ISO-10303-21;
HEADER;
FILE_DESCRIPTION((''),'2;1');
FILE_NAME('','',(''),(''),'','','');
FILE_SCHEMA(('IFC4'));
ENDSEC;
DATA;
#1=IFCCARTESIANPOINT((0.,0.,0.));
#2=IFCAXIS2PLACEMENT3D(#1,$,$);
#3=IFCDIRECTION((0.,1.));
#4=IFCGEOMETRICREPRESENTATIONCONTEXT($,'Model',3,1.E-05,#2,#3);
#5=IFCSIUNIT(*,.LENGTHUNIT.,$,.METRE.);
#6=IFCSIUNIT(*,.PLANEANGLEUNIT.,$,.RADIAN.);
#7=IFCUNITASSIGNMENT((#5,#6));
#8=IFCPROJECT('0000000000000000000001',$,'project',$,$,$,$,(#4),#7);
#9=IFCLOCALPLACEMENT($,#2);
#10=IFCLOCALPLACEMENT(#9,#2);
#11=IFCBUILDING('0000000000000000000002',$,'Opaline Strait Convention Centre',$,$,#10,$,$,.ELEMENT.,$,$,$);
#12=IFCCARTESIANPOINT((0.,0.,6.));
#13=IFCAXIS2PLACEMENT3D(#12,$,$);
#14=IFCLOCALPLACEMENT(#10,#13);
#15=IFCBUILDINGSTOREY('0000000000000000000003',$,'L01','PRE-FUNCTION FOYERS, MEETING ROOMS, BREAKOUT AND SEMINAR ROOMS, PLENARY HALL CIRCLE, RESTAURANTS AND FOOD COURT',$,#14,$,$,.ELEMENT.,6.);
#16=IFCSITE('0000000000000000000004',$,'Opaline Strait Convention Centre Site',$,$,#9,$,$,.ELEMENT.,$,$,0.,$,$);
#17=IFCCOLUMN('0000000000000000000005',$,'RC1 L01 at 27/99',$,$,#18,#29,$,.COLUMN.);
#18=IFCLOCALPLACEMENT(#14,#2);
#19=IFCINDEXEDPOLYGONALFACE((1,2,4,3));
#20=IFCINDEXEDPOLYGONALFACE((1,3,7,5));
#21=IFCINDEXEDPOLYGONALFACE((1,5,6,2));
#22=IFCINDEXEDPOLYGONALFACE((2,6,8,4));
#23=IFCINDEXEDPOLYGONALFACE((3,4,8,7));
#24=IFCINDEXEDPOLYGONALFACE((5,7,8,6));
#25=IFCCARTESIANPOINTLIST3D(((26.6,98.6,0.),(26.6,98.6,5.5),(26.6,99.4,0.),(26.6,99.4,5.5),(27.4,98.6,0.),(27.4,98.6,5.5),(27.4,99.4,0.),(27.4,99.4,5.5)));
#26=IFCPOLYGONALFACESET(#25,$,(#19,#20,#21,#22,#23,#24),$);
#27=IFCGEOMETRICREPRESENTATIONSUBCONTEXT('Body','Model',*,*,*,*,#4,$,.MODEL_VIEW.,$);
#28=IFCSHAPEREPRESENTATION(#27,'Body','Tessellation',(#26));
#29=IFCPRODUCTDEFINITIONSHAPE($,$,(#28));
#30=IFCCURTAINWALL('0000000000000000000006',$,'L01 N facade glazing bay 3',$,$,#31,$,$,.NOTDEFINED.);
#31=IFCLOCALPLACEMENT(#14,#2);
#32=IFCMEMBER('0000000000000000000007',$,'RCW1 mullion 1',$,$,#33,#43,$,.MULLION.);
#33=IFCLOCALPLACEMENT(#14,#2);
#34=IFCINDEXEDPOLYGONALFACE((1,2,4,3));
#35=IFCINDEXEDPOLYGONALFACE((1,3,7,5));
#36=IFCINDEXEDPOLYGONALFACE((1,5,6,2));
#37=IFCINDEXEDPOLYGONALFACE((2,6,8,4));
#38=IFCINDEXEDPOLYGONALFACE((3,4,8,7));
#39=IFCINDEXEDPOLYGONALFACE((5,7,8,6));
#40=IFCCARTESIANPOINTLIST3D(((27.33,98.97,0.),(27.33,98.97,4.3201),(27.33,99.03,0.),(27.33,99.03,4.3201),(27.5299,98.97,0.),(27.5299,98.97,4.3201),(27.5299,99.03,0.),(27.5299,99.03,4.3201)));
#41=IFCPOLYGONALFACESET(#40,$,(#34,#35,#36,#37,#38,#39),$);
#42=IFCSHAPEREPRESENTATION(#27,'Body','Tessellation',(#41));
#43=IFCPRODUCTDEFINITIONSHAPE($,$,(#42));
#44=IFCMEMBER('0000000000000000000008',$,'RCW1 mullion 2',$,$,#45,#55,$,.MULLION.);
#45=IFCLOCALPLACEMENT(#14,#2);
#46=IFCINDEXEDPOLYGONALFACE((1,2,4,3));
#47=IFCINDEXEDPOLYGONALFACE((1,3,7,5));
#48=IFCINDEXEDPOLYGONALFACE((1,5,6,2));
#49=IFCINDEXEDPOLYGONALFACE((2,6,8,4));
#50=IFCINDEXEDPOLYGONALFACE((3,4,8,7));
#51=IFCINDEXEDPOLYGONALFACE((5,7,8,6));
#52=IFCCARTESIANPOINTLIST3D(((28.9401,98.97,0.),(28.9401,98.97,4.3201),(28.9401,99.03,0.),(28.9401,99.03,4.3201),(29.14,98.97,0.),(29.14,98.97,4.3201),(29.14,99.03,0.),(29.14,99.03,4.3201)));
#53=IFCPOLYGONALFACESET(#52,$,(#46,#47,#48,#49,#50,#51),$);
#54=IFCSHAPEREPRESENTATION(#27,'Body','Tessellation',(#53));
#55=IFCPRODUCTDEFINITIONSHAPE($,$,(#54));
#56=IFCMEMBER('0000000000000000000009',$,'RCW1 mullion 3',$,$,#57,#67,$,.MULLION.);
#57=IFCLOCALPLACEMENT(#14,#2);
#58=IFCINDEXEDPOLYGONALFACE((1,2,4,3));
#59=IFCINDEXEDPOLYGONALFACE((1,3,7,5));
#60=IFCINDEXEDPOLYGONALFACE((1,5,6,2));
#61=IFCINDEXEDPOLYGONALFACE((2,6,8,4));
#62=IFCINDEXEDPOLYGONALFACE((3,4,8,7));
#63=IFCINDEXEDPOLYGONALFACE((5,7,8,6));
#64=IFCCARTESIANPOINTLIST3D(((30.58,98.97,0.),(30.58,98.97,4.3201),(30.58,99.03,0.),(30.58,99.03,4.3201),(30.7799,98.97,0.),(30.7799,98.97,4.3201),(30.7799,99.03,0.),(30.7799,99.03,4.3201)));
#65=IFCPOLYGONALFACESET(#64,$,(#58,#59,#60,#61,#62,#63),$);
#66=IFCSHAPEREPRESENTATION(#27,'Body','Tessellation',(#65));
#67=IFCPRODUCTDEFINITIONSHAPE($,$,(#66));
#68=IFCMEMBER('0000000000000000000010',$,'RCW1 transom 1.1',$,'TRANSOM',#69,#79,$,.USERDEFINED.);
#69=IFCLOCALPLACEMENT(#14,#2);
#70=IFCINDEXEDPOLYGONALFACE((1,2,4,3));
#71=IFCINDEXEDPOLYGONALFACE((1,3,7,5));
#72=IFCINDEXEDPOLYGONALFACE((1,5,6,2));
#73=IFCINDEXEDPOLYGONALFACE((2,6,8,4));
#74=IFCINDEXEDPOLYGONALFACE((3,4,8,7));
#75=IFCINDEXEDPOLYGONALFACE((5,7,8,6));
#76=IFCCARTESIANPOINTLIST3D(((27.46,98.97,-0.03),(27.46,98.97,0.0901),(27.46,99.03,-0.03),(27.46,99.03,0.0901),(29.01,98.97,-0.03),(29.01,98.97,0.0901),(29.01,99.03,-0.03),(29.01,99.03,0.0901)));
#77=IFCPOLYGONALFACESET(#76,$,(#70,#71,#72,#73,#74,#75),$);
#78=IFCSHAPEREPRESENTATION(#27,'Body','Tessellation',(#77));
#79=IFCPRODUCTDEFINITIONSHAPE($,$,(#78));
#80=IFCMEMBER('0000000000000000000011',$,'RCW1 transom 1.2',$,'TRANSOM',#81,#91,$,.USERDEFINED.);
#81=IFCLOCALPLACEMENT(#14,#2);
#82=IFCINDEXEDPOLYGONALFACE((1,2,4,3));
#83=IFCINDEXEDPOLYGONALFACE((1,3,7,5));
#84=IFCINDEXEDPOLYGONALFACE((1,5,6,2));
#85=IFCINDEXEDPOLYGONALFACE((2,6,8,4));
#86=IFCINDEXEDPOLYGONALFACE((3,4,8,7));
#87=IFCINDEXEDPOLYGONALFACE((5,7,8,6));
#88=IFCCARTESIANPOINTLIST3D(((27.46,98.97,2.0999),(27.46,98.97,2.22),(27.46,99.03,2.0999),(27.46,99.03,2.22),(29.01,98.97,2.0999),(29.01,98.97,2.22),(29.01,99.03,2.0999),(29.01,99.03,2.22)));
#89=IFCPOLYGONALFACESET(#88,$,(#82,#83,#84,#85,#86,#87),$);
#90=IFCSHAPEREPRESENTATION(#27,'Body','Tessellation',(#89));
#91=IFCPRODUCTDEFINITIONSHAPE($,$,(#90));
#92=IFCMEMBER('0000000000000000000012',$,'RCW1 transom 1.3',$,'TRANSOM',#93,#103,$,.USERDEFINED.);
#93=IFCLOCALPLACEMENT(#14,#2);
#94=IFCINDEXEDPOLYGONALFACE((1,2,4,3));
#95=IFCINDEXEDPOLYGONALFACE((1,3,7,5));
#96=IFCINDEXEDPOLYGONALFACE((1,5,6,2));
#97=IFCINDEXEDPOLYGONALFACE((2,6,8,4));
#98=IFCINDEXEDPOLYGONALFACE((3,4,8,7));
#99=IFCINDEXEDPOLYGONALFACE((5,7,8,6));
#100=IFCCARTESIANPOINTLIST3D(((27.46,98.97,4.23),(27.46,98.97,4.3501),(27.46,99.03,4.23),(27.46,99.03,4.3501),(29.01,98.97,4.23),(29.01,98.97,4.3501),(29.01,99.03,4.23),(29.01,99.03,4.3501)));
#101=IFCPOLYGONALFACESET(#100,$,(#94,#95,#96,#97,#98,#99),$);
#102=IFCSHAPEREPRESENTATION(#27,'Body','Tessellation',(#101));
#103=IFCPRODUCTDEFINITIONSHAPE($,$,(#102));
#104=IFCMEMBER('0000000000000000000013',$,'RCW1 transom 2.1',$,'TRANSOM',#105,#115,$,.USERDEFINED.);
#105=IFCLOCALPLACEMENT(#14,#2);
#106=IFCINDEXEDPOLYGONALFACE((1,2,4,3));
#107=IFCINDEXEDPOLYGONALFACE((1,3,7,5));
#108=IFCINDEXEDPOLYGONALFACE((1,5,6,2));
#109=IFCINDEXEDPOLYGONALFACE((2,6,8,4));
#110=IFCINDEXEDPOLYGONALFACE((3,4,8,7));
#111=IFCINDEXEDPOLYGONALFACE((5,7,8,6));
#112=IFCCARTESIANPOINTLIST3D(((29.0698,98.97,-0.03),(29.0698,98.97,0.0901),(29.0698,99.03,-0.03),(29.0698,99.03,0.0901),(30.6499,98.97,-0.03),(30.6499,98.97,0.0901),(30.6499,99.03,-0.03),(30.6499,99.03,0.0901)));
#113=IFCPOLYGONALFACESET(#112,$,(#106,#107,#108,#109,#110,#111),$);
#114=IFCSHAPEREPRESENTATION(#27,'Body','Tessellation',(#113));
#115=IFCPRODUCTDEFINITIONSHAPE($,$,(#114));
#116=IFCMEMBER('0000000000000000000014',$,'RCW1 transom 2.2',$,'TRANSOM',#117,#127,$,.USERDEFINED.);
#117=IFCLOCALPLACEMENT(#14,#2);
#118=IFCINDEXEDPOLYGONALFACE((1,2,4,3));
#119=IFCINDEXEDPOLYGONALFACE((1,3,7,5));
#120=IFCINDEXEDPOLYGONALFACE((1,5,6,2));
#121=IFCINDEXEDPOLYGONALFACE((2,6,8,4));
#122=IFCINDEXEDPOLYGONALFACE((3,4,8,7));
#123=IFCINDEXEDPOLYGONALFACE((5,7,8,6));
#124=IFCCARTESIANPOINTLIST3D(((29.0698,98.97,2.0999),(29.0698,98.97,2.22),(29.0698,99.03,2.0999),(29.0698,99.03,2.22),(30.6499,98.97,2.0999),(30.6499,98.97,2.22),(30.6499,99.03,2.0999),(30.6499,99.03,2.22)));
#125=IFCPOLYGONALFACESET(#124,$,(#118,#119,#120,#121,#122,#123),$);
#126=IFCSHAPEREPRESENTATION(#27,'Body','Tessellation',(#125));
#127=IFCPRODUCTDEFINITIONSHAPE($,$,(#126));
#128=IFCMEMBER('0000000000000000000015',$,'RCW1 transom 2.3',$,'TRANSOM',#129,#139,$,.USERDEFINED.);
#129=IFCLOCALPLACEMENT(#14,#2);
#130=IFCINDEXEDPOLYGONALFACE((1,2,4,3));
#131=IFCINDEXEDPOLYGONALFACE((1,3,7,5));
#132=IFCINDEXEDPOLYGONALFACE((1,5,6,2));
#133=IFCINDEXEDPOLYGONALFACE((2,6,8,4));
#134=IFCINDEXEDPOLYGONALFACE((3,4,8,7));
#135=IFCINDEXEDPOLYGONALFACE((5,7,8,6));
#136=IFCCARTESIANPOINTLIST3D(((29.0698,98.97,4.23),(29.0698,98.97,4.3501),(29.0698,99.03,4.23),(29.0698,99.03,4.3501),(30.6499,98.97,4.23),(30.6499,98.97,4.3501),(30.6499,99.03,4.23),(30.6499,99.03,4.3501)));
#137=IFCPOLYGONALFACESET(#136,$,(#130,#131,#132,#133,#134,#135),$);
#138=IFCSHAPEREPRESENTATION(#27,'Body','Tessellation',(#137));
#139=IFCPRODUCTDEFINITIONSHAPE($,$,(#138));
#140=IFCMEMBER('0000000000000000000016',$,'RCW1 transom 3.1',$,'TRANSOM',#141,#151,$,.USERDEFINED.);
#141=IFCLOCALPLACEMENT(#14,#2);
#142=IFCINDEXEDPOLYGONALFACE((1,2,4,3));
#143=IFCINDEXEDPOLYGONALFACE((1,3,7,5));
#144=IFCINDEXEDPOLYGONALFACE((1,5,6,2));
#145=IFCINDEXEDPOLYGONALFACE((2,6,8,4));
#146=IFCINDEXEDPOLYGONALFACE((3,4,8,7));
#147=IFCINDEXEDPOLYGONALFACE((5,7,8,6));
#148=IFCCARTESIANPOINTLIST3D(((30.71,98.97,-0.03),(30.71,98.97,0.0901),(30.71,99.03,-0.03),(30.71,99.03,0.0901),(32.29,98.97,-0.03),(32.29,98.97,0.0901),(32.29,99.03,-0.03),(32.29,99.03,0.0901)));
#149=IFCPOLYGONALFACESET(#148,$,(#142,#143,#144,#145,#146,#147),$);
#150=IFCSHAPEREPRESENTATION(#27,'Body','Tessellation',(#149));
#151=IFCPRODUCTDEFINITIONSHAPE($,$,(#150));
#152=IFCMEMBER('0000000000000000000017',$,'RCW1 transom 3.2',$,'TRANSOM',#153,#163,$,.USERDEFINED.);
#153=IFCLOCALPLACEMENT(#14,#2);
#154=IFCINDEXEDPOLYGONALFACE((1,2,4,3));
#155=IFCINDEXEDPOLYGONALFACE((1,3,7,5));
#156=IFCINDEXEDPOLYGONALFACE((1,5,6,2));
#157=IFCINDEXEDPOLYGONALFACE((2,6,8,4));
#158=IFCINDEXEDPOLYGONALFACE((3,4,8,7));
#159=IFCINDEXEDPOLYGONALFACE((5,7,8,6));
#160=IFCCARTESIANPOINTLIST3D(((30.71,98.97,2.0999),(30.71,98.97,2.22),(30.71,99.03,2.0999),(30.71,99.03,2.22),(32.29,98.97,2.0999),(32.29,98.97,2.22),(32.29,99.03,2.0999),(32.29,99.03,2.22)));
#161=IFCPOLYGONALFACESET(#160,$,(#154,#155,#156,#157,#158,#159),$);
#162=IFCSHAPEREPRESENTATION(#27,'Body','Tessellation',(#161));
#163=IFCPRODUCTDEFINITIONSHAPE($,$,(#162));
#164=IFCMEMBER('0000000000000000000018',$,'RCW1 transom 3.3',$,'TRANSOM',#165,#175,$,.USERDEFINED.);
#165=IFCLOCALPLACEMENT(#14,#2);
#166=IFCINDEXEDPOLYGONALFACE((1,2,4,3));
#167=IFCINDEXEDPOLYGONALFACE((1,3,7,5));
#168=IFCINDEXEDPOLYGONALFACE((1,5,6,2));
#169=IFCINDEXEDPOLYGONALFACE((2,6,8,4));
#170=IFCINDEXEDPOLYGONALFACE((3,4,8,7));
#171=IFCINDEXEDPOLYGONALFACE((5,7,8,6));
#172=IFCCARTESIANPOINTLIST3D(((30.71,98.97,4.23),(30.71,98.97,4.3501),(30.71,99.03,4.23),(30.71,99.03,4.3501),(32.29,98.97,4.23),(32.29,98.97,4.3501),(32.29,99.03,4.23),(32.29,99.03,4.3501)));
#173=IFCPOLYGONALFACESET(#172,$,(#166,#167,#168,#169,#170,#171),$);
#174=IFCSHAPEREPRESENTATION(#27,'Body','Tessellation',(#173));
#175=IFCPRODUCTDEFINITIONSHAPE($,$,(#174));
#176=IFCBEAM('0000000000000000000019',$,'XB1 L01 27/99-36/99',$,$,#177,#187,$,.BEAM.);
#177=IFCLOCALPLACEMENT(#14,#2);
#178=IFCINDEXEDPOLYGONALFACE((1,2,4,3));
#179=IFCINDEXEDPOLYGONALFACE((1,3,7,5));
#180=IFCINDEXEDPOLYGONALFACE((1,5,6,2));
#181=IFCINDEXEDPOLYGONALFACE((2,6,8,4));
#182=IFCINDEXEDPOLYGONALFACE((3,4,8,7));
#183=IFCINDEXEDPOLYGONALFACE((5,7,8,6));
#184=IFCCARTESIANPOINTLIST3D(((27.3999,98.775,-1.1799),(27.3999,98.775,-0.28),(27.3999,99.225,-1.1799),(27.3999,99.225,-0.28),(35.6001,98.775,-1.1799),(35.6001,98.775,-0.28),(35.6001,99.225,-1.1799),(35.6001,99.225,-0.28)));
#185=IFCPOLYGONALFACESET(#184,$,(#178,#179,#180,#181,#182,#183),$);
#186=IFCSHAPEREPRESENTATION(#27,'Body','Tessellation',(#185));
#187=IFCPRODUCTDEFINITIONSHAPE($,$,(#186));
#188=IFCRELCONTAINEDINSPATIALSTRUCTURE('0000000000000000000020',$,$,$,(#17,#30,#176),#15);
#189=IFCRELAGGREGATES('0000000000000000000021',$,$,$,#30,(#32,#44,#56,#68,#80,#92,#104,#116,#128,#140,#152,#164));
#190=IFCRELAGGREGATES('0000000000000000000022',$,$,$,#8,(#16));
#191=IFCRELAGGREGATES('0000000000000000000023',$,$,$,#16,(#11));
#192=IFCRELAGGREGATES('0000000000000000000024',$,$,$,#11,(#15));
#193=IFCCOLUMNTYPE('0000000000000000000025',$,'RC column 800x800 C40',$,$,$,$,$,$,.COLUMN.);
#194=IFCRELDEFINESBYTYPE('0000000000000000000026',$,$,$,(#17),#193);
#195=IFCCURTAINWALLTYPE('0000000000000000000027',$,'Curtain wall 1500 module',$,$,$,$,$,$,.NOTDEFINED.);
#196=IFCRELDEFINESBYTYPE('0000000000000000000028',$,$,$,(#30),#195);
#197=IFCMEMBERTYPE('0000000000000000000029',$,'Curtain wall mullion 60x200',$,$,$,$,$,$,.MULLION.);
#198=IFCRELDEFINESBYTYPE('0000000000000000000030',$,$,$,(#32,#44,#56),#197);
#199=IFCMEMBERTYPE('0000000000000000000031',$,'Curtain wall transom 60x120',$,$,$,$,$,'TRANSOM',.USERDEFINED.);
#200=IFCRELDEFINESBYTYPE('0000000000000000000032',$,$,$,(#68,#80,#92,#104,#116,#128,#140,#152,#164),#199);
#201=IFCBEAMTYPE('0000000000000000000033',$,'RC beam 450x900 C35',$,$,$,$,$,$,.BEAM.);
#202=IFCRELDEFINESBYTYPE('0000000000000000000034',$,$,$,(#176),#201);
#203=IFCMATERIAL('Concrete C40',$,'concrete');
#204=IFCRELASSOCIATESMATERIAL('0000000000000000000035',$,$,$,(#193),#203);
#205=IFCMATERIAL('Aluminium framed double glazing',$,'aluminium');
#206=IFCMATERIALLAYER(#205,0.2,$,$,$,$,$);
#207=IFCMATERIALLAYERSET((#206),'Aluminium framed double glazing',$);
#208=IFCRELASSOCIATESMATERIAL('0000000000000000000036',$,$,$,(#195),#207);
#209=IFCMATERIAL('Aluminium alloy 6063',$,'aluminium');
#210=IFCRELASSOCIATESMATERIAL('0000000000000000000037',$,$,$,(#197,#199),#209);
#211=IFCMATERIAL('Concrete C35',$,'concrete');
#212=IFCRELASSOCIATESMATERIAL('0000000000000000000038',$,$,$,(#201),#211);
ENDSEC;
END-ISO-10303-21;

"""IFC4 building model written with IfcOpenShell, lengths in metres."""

from ifc_helpers import new_model, si_unit, direction, frame, origin, origin_2d, place, context, subcontext, project, spatial, rectangle, extrude, material, layer, layer_set, material_profile, profile_set, type_object, element, aggregate, save


model = new_model("IFC4")

# Units and contexts
model_context = context("Model", 3, precision=1e-05, world=origin(), true_north=direction((0.0, 1.0)))
body_context = subcontext(model_context, "Body", "Model", "MODEL_VIEW")
ifc_project = project(units=[si_unit("LENGTHUNIT", "METRE"), si_unit("PLANEANGLEUNIT", "RADIAN")], contexts=[model_context])

# Site, building, storey
site_placement = place(None, origin())
site = spatial("IfcSite", under=ifc_project, at=site_placement, Name="Opaline Strait Convention Centre Site", CompositionType="ELEMENT", RefElevation=0.0)
building_placement = place(site_placement, origin())
building = spatial("IfcBuilding", under=site, at=building_placement, Name="Opaline Strait Convention Centre", CompositionType="ELEMENT")
storey_placement = place(building_placement, frame((0.0, 0.0, 6.0)))
storey = spatial("IfcBuildingStorey", under=building, at=storey_placement, Name="L01", Description="PRE-FUNCTION FOYERS, MEETING ROOMS, BREAKOUT AND SEMINAR ROOMS, PLENARY HALL CIRCLE, RESTAURANTS AND FOOD COURT", CompositionType="ELEMENT", Elevation=6.0)

# Column
ifc_material_1 = material(Name="Concrete C40", Category="concrete")
ifc_material_profile_1 = material_profile(ifc_material_1, rectangle(XDim=0.8, YDim=0.8, at=origin_2d()), Name="RC 800x800")
ifc_profile_set_1 = profile_set([ifc_material_profile_1], Name="Concrete C40")
column_type = type_object("IfcColumnType", Name="RC column 800x800 C40", PredefinedType="COLUMN", material=ifc_profile_set_1)
column_placement = place(storey_placement, frame((27.0, 99.0, 0.0), z_axis=(0.0, 0.0, 1.0), x_axis=(1.0, 0.0, 0.0)))
element("IfcColumn", 1, at=column_placement, inside=storey, type_object=column_type, Name="RC1 L01 at 27/99", PredefinedType="COLUMN", context=body_context, shape_type="SweptSolid", body=[
    extrude(rectangle(XDim=0.8, YDim=0.8, at=origin_2d()), origin(), (0.0, 0.0, 1.0), 5.5),
])

# Curtain wall, members
ifc_material_2 = material(Name="Aluminium framed double glazing", Category="aluminium")
ifc_layer_1 = layer(ifc_material_2, 0.2)
ifc_layer_set_1 = layer_set([ifc_layer_1], Name="Aluminium framed double glazing")
curtain_wall_type = type_object("IfcCurtainWallType", Name="Curtain wall 1500 module", PredefinedType="NOTDEFINED", material=ifc_layer_set_1)
curtain_wall_placement = place(storey_placement, origin())
curtain_wall = element("IfcCurtainWall", 2, at=curtain_wall_placement, inside=storey, type_object=curtain_wall_type, Name="L01 N facade glazing bay 3", PredefinedType="NOTDEFINED")
ifc_material_3 = material(Name="Aluminium alloy 6063", Category="aluminium")
ifc_material_profile_2 = material_profile(ifc_material_3, rectangle(XDim=0.0601, YDim=0.2, at=origin_2d()), Name="Curtain wall mullion 60x200")
ifc_profile_set_2 = profile_set([ifc_material_profile_2], Name="Aluminium alloy 6063")
member_type_1 = type_object("IfcMemberType", Name="Curtain wall mullion 60x200", PredefinedType="MULLION", material=ifc_profile_set_2)
member_1_placement = place(storey_placement, frame((27.4299, 99.0, 0.0), z_axis=(0.0, 0.0, 1.0), x_axis=(0.0, 1.0, 0.0)))
member_1 = element("IfcMember", 3, at=member_1_placement, type_object=member_type_1, Name="RCW1 mullion 1", PredefinedType="MULLION", context=body_context, shape_type="SweptSolid", body=[
    extrude(rectangle(XDim=0.0601, YDim=0.2, at=origin_2d()), origin(), (0.0, 0.0, 1.0), 4.3201),
])
member_2_placement = place(storey_placement, frame((29.04, 99.0, 0.0), z_axis=(0.0, 0.0, 1.0), x_axis=(0.0, 1.0, 0.0)))
member_2 = element("IfcMember", 4, at=member_2_placement, type_object=member_type_1, Name="RCW1 mullion 2", PredefinedType="MULLION", context=body_context, shape_type="SweptSolid", body=[
    extrude(rectangle(XDim=0.0601, YDim=0.2, at=origin_2d()), origin(), (0.0, 0.0, 1.0), 4.3201),
])
member_3_placement = place(storey_placement, frame((30.6799, 99.0, 0.0), z_axis=(0.0, 0.0, 1.0), x_axis=(0.0, 1.0, 0.0)))
member_3 = element("IfcMember", 5, at=member_3_placement, type_object=member_type_1, Name="RCW1 mullion 3", PredefinedType="MULLION", context=body_context, shape_type="SweptSolid", body=[
    extrude(rectangle(XDim=0.0601, YDim=0.2, at=origin_2d()), origin(), (0.0, 0.0, 1.0), 4.3201),
])
ifc_material_profile_3 = material_profile(ifc_material_3, rectangle(XDim=0.0601, YDim=0.1201, at=origin_2d()), Name="Curtain wall transom 60x120")
ifc_profile_set_3 = profile_set([ifc_material_profile_3], Name="Aluminium alloy 6063")
member_type_2 = type_object("IfcMemberType", Name="Curtain wall transom 60x120", ElementType="TRANSOM", PredefinedType="USERDEFINED", material=ifc_profile_set_3)
member_4_placement = place(storey_placement, frame((27.46, 99.0, 0.03), z_axis=(1.0, 0.0, 0.0), x_axis=(0.0, 1.0, 0.0)))
member_4 = element("IfcMember", 6, at=member_4_placement, type_object=member_type_2, Name="RCW1 transom 1.1", ObjectType="TRANSOM", PredefinedType="USERDEFINED", context=body_context, shape_type="SweptSolid", body=[
    extrude(rectangle(XDim=0.0601, YDim=0.1201, at=origin_2d()), origin(), (0.0, 0.0, 1.0), 1.55),
])
member_5_placement = place(storey_placement, frame((27.46, 99.0, 2.1599), z_axis=(1.0, 0.0, 0.0), x_axis=(0.0, 1.0, 0.0)))
member_5 = element("IfcMember", 7, at=member_5_placement, type_object=member_type_2, Name="RCW1 transom 1.2", ObjectType="TRANSOM", PredefinedType="USERDEFINED", context=body_context, shape_type="SweptSolid", body=[
    extrude(rectangle(XDim=0.0601, YDim=0.1201, at=origin_2d()), origin(), (0.0, 0.0, 1.0), 1.55),
])
member_6_placement = place(storey_placement, frame((27.46, 99.0, 4.29), z_axis=(1.0, 0.0, 0.0), x_axis=(0.0, 1.0, 0.0)))
member_6 = element("IfcMember", 8, at=member_6_placement, type_object=member_type_2, Name="RCW1 transom 1.3", ObjectType="TRANSOM", PredefinedType="USERDEFINED", context=body_context, shape_type="SweptSolid", body=[
    extrude(rectangle(XDim=0.0601, YDim=0.1201, at=origin_2d()), origin(), (0.0, 0.0, 1.0), 1.55),
])
member_7_placement = place(storey_placement, frame((29.0698, 99.0, 0.03), z_axis=(1.0, 0.0, 0.0), x_axis=(0.0, 1.0, 0.0)))
member_7 = element("IfcMember", 9, at=member_7_placement, type_object=member_type_2, Name="RCW1 transom 2.1", ObjectType="TRANSOM", PredefinedType="USERDEFINED", context=body_context, shape_type="SweptSolid", body=[
    extrude(rectangle(XDim=0.0601, YDim=0.1201, at=origin_2d()), origin(), (0.0, 0.0, 1.0), 1.5801),
])
member_8_placement = place(storey_placement, frame((29.0698, 99.0, 2.1599), z_axis=(1.0, 0.0, 0.0), x_axis=(0.0, 1.0, 0.0)))
member_8 = element("IfcMember", 10, at=member_8_placement, type_object=member_type_2, Name="RCW1 transom 2.2", ObjectType="TRANSOM", PredefinedType="USERDEFINED", context=body_context, shape_type="SweptSolid", body=[
    extrude(rectangle(XDim=0.0601, YDim=0.1201, at=origin_2d()), origin(), (0.0, 0.0, 1.0), 1.5801),
])
member_9_placement = place(storey_placement, frame((29.0698, 99.0, 4.29), z_axis=(1.0, 0.0, 0.0), x_axis=(0.0, 1.0, 0.0)))
member_9 = element("IfcMember", 11, at=member_9_placement, type_object=member_type_2, Name="RCW1 transom 2.3", ObjectType="TRANSOM", PredefinedType="USERDEFINED", context=body_context, shape_type="SweptSolid", body=[
    extrude(rectangle(XDim=0.0601, YDim=0.1201, at=origin_2d()), origin(), (0.0, 0.0, 1.0), 1.5801),
])
member_10_placement = place(storey_placement, frame((30.71, 99.0, 0.03), z_axis=(1.0, 0.0, 0.0), x_axis=(0.0, 1.0, 0.0)))
member_10 = element("IfcMember", 12, at=member_10_placement, type_object=member_type_2, Name="RCW1 transom 3.1", ObjectType="TRANSOM", PredefinedType="USERDEFINED", context=body_context, shape_type="SweptSolid", body=[
    extrude(rectangle(XDim=0.0601, YDim=0.1201, at=origin_2d()), origin(), (0.0, 0.0, 1.0), 1.5801),
])
member_11_placement = place(storey_placement, frame((30.71, 99.0, 2.1599), z_axis=(1.0, 0.0, 0.0), x_axis=(0.0, 1.0, 0.0)))
member_11 = element("IfcMember", 13, at=member_11_placement, type_object=member_type_2, Name="RCW1 transom 3.2", ObjectType="TRANSOM", PredefinedType="USERDEFINED", context=body_context, shape_type="SweptSolid", body=[
    extrude(rectangle(XDim=0.0601, YDim=0.1201, at=origin_2d()), origin(), (0.0, 0.0, 1.0), 1.5801),
])
member_12_placement = place(storey_placement, frame((30.71, 99.0, 4.29), z_axis=(1.0, 0.0, 0.0), x_axis=(0.0, 1.0, 0.0)))
member_12 = element("IfcMember", 14, at=member_12_placement, type_object=member_type_2, Name="RCW1 transom 3.3", ObjectType="TRANSOM", PredefinedType="USERDEFINED", context=body_context, shape_type="SweptSolid", body=[
    extrude(rectangle(XDim=0.0601, YDim=0.1201, at=origin_2d()), origin(), (0.0, 0.0, 1.0), 1.5801),
])

# Beam
ifc_material_4 = material(Name="Concrete C35", Category="concrete")
ifc_material_profile_4 = material_profile(ifc_material_4, rectangle(XDim=0.45, YDim=0.8999, at=origin_2d()), Name="RC 450x900")
ifc_profile_set_4 = profile_set([ifc_material_profile_4], Name="Concrete C35")
beam_type = type_object("IfcBeamType", Name="RC beam 450x900 C35", PredefinedType="BEAM", material=ifc_profile_set_4)
beam_placement = place(storey_placement, frame((27.3999, 99.0, -0.73), z_axis=(1.0, 0.0, 0.0), x_axis=(0.0, 1.0, 0.0)))
element("IfcBeam", 15, at=beam_placement, inside=storey, type_object=beam_type, Name="XB1 L01 27/99-36/99", PredefinedType="BEAM", context=body_context, shape_type="SweptSolid", body=[
    extrude(rectangle(XDim=0.45, YDim=0.8999, at=origin_2d()), origin(), (0.0, 0.0, 1.0), 8.2002),
])

aggregate(curtain_wall, [member_1, member_2, member_3, member_4, member_5, member_6, member_7, member_8, member_9, member_10, member_11, member_12])

save(model, "model.ifc")
